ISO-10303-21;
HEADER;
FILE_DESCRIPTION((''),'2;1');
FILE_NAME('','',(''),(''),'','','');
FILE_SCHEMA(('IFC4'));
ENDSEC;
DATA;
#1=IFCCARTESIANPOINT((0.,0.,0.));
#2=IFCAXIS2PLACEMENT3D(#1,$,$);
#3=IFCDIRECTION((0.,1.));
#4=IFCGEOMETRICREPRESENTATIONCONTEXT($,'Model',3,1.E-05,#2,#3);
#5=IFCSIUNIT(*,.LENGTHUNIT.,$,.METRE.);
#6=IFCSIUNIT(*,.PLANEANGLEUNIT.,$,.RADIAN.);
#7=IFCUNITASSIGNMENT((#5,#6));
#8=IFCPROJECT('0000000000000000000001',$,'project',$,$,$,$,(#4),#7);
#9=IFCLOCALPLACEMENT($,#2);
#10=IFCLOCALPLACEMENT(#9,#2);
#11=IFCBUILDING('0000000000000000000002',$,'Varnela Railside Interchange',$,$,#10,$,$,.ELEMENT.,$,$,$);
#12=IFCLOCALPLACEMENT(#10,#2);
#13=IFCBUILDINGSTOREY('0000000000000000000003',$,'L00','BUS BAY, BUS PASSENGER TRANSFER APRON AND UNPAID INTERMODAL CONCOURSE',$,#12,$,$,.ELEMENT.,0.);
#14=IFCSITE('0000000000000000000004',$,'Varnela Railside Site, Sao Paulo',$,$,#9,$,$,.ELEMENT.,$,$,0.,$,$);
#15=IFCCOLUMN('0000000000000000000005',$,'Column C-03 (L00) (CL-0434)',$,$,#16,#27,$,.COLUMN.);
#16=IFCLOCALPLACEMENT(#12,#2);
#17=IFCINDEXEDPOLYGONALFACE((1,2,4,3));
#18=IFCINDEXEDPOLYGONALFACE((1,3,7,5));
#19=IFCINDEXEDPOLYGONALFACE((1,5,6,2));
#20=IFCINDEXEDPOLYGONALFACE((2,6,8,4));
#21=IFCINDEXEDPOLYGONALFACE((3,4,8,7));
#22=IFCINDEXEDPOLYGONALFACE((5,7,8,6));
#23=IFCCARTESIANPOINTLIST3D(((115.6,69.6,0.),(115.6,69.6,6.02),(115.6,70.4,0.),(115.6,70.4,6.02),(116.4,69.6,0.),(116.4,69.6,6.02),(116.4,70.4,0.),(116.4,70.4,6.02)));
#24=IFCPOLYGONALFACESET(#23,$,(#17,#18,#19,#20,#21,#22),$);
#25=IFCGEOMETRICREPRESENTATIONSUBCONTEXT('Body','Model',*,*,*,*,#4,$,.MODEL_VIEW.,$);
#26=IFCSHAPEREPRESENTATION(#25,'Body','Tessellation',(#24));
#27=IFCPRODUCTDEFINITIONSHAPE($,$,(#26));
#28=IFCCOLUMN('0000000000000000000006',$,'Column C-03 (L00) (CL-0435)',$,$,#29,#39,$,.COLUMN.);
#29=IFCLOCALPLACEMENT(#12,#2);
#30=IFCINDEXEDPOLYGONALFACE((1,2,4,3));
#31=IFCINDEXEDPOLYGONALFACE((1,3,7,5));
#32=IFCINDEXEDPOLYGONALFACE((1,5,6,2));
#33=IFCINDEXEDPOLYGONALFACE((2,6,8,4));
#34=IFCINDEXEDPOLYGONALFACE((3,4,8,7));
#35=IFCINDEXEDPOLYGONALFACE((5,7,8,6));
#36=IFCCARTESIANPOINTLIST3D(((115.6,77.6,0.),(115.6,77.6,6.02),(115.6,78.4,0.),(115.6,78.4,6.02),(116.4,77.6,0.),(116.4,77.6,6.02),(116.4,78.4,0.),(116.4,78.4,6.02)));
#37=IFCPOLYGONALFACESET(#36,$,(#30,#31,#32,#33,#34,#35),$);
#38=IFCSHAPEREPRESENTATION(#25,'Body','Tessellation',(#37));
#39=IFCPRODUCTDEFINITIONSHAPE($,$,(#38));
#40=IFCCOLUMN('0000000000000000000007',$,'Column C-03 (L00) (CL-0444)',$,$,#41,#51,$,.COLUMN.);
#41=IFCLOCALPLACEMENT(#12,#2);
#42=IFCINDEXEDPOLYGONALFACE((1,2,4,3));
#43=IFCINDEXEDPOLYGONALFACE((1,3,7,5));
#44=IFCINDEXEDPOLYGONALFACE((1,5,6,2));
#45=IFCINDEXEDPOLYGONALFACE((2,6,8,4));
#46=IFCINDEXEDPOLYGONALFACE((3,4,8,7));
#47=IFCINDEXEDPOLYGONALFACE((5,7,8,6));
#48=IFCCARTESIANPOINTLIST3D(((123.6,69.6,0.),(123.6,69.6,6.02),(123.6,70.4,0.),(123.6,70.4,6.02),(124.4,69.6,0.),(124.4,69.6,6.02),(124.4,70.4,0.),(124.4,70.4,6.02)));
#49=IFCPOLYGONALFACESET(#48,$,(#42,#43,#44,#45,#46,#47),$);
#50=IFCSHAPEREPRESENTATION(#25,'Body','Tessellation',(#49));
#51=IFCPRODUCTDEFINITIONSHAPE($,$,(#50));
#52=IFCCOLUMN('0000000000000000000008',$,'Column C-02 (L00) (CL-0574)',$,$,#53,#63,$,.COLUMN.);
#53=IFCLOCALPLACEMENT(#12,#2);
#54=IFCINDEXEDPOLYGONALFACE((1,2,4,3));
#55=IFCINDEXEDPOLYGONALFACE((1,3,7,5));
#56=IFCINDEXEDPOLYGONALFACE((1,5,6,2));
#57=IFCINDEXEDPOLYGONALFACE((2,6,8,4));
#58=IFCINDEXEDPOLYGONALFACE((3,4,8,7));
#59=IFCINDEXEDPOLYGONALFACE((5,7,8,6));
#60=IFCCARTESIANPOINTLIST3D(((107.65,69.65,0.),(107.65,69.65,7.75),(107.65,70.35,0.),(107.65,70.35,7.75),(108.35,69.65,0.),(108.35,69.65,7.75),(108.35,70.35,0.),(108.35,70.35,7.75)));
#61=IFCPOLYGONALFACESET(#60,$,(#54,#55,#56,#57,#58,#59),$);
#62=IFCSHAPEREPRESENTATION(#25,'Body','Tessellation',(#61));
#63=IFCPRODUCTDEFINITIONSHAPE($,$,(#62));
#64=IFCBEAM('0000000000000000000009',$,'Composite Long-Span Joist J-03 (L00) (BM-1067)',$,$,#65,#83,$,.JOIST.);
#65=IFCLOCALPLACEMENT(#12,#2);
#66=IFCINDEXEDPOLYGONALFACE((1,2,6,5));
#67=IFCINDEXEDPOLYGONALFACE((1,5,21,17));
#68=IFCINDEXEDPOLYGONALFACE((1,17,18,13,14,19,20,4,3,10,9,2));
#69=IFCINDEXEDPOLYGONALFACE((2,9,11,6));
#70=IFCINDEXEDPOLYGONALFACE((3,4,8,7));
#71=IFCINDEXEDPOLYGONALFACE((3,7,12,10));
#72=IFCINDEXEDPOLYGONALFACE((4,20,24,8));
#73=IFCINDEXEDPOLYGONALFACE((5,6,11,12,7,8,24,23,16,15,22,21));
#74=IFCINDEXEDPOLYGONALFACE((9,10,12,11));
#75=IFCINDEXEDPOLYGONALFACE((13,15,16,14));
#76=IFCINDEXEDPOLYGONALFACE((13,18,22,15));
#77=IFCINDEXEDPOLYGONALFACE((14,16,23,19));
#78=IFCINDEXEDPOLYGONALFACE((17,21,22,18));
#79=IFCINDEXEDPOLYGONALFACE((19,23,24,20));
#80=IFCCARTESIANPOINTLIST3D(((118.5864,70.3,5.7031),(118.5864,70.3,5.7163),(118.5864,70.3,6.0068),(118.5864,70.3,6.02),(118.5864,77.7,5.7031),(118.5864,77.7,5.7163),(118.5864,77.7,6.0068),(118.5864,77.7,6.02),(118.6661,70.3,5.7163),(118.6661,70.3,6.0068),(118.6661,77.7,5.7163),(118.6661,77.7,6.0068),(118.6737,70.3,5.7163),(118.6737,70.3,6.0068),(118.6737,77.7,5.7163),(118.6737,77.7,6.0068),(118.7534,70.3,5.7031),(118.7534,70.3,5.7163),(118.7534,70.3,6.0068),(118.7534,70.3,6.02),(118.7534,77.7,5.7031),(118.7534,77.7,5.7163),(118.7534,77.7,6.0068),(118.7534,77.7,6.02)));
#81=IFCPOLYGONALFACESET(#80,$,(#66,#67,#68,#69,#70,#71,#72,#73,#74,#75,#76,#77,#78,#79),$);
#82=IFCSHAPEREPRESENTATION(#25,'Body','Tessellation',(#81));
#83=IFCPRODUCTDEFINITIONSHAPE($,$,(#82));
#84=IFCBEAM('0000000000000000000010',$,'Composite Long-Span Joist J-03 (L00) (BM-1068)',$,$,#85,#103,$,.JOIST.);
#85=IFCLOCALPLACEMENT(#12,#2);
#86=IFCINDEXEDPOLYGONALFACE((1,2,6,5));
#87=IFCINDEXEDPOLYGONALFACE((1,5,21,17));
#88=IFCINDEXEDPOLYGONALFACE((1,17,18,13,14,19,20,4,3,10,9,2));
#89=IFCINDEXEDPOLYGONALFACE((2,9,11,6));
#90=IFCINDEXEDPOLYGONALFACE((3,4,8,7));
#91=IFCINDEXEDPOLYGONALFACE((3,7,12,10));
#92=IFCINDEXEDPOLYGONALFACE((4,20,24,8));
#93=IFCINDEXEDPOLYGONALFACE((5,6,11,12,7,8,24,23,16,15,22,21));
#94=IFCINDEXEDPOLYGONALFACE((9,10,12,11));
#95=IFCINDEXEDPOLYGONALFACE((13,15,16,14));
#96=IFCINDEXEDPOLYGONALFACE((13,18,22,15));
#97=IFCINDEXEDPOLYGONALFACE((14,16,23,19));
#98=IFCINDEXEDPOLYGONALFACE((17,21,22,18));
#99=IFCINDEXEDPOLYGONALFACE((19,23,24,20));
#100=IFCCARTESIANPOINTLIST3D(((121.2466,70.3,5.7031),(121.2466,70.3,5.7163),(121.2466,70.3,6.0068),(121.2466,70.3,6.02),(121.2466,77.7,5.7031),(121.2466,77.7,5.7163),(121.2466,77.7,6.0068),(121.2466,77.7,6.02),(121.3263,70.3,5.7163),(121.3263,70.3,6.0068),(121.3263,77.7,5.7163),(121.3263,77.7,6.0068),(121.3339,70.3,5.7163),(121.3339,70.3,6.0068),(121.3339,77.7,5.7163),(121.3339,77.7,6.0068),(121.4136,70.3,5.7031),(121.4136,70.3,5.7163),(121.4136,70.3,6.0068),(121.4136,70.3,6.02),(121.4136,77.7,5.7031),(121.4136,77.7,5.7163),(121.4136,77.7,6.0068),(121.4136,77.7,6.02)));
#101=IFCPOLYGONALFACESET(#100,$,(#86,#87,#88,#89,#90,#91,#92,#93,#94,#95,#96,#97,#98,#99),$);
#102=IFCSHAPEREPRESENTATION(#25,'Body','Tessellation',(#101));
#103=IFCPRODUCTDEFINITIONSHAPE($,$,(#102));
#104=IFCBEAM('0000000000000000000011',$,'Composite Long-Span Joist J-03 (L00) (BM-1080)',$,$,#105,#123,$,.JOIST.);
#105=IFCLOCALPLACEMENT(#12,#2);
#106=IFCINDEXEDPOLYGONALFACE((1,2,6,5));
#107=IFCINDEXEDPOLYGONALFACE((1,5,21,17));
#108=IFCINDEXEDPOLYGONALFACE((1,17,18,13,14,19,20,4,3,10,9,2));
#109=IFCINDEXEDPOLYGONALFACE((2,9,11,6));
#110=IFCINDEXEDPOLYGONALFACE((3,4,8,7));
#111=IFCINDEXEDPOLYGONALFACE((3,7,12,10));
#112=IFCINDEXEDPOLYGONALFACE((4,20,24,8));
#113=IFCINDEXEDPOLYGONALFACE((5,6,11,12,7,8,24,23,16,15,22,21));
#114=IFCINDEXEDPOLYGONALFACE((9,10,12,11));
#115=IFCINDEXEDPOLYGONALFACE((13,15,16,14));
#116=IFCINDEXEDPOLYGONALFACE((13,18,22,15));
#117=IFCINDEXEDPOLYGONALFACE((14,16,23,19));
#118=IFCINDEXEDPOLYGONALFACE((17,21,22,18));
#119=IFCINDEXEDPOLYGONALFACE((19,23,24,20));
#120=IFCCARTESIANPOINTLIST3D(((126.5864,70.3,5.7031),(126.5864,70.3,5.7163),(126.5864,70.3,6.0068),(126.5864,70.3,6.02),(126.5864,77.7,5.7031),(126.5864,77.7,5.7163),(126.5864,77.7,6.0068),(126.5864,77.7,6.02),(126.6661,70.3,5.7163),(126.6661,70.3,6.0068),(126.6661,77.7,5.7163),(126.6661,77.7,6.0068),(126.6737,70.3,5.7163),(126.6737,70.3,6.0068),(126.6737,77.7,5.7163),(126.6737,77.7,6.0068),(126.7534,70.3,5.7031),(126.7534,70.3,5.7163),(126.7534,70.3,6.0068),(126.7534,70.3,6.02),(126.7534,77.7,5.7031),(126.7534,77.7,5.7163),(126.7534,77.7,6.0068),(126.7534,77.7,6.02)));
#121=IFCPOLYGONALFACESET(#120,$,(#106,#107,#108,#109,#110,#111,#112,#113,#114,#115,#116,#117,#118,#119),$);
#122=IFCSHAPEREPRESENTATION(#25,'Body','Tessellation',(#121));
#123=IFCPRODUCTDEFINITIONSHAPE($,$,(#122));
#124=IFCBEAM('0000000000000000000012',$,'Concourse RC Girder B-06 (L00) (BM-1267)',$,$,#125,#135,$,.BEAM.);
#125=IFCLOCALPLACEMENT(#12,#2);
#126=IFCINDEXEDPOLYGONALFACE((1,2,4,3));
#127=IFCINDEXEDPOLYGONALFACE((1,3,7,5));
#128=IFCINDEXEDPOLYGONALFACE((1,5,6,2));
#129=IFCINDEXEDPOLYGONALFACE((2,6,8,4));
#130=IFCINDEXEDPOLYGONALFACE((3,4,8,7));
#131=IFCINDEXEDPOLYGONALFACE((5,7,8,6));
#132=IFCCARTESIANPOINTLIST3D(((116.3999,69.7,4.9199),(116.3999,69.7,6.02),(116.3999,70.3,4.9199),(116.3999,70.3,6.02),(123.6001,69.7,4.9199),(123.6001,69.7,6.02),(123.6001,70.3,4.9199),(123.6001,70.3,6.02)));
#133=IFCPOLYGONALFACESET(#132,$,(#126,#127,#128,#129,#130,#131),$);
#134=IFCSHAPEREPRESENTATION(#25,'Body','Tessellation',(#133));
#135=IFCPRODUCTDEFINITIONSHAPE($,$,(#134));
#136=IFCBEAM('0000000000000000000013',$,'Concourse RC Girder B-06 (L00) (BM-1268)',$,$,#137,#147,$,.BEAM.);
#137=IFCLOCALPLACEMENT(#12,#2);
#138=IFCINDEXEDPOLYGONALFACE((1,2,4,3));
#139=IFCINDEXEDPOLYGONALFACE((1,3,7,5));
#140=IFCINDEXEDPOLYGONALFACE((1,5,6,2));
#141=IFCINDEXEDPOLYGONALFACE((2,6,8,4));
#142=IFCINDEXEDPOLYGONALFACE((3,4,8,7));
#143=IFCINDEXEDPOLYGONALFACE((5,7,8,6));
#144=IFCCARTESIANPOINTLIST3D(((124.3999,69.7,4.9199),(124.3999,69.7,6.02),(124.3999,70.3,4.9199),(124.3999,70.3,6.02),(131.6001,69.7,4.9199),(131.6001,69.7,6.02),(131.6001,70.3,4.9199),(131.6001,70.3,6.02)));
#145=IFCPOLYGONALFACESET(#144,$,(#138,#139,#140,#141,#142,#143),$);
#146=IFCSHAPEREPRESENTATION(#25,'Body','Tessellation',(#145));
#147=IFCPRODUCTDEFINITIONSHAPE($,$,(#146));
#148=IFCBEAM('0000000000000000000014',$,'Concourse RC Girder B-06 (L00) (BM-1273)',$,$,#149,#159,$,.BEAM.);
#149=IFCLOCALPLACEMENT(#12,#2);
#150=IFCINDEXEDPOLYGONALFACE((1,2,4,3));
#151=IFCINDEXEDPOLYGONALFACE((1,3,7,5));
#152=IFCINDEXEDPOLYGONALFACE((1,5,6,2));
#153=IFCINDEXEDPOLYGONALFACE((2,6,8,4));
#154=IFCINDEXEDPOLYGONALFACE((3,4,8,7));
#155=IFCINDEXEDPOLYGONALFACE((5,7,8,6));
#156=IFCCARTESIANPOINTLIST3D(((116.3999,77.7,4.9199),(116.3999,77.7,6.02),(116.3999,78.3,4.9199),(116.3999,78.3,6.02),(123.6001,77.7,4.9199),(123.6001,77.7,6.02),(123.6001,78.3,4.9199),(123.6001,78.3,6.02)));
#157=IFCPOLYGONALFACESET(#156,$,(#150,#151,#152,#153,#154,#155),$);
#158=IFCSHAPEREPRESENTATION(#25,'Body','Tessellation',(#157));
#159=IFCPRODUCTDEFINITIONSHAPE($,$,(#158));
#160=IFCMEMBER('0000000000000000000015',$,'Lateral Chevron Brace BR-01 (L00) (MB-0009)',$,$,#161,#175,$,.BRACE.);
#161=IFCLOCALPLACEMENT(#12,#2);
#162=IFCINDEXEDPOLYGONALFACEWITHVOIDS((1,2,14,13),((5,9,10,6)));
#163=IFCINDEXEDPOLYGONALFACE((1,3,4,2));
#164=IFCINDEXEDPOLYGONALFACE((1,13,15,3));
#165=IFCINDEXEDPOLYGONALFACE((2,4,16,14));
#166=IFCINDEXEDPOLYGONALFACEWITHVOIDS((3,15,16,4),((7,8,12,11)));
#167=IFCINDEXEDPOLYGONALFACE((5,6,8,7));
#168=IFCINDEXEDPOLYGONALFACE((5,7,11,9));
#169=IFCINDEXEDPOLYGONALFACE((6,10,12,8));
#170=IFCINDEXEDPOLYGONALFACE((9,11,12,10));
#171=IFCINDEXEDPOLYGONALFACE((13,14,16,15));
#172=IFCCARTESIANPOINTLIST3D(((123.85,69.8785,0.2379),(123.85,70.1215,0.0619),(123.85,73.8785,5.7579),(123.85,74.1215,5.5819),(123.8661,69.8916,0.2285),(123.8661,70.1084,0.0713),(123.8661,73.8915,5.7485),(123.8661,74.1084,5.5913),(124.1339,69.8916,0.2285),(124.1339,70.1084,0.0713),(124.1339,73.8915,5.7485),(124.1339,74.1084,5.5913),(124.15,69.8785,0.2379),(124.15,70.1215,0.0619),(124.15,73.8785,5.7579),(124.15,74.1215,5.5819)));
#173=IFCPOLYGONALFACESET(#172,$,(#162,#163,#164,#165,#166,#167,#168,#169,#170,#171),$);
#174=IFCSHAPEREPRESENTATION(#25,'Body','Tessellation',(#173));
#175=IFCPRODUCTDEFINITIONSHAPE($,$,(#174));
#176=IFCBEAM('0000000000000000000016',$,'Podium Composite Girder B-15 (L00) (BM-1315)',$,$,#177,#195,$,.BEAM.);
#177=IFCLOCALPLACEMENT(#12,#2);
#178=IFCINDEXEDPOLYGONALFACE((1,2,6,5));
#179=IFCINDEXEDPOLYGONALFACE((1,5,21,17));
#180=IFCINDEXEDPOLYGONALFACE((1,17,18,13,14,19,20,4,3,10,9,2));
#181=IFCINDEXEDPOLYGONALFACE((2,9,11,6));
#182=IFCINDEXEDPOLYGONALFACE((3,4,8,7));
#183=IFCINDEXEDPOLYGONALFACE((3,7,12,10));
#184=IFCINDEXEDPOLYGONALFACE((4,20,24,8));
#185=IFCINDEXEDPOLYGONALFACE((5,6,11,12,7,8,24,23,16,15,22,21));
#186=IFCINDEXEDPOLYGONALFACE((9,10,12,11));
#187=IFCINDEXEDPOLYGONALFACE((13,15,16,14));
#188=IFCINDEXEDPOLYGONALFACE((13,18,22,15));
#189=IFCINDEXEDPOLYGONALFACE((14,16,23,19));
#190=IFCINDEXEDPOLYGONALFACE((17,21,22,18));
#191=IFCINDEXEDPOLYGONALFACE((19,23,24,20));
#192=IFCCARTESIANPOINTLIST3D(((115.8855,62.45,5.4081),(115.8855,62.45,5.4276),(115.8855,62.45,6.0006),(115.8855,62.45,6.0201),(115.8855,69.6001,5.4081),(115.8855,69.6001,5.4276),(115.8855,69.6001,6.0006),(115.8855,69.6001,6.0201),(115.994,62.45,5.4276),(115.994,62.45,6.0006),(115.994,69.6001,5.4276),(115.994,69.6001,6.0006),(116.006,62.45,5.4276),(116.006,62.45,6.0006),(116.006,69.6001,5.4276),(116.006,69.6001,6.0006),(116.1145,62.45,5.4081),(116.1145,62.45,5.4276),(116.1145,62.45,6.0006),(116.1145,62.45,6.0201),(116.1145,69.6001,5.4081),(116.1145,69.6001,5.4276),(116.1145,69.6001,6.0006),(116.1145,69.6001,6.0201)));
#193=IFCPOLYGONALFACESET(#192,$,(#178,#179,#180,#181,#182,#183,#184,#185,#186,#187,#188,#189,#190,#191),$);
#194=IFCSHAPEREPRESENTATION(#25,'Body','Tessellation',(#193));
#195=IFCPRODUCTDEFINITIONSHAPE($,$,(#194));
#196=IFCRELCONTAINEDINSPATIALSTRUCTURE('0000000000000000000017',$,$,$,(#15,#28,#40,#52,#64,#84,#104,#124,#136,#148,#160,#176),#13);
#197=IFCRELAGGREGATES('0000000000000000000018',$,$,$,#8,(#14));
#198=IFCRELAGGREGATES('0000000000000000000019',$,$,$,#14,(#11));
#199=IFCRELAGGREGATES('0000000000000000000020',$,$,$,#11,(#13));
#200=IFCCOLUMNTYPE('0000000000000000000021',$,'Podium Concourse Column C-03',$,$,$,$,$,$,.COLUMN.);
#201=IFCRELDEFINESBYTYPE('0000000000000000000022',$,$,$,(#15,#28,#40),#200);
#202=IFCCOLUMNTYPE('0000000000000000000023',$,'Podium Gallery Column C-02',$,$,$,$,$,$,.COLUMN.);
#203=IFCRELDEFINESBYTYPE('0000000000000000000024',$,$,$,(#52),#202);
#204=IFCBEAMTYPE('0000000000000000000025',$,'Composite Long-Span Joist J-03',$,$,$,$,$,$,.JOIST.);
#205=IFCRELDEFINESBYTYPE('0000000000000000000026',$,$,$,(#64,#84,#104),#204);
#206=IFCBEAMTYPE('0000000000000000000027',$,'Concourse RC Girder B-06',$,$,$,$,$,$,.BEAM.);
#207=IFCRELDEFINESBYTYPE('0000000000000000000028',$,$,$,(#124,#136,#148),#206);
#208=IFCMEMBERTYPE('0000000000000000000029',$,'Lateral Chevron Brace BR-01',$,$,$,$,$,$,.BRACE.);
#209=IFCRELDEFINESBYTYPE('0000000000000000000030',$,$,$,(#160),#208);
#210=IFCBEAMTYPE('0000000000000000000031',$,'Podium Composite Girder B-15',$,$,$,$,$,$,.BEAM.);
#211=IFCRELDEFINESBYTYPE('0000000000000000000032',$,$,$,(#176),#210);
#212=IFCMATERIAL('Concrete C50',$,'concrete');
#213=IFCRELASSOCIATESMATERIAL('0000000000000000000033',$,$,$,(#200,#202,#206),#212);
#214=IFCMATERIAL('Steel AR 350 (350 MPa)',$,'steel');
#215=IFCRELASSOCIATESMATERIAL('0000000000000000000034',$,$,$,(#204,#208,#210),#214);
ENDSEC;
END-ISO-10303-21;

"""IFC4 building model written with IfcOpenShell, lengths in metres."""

from ifc_helpers import new_model, si_unit, direction, frame, origin, origin_2d, place, context, subcontext, project, spatial, rectangle, hollow_rectangle, i_section, extrude, material, material_profile, profile_set, type_object, element, save


model = new_model("IFC4")

# Units and contexts
model_context = context("Model", 3, precision=1e-05, world=origin(), true_north=direction((0.0, 1.0)))
body_context = subcontext(model_context, "Body", "Model", "MODEL_VIEW")
ifc_project = project(units=[si_unit("LENGTHUNIT", "METRE"), si_unit("PLANEANGLEUNIT", "RADIAN")], contexts=[model_context])

# Site, building, storey
site_placement = place(None, origin())
site = spatial("IfcSite", under=ifc_project, at=site_placement, Name="Varnela Railside Site, Sao Paulo", CompositionType="ELEMENT", RefElevation=0.0)
building_placement = place(site_placement, origin())
building = spatial("IfcBuilding", under=site, at=building_placement, Name="Varnela Railside Interchange", CompositionType="ELEMENT")
storey_placement = place(building_placement, origin())
storey = spatial("IfcBuildingStorey", under=building, at=storey_placement, Name="L00", Description="BUS BAY, BUS PASSENGER TRANSFER APRON AND UNPAID INTERMODAL CONCOURSE", CompositionType="ELEMENT", Elevation=0.0)

# Columns
ifc_material_1 = material(Name="Concrete C50", Category="concrete")
ifc_material_profile_1 = material_profile(ifc_material_1, rectangle(XDim=0.8, YDim=0.8, at=origin_2d()), Name="RC 800x800")
ifc_profile_set_1 = profile_set([ifc_material_profile_1], Name="Concrete C50")
column_type_1 = type_object("IfcColumnType", Name="Podium Concourse Column C-03", PredefinedType="COLUMN", material=ifc_profile_set_1)
for number, where, z_axis, x_axis, name in (
    (1, (116.0, 70.0, 0.0), (0.0, 0.0, 1.0), (1.0, 0.0, 0.0), "Column C-03 (L00) (CL-0434)"),
    (2, (116.0, 78.0, 0.0), (0.0, 0.0, 1.0), (1.0, 0.0, 0.0), "Column C-03 (L00) (CL-0435)"),
    (3, (124.0, 70.0, 0.0), (0.0, 0.0, 1.0), (1.0, 0.0, 0.0), "Column C-03 (L00) (CL-0444)"),
):
    element("IfcColumn", number, at=place(storey_placement, frame(where, z_axis=z_axis, x_axis=x_axis)), inside=storey, type_object=column_type_1, Name=name, PredefinedType="COLUMN", context=body_context, shape_type="SweptSolid", body=[
        extrude(rectangle(XDim=0.8, YDim=0.8, at=origin_2d()), origin(), (0.0, 0.0, 1.0), 6.02),
    ])
ifc_material_profile_2 = material_profile(ifc_material_1, rectangle(XDim=0.7, YDim=0.7, at=origin_2d()), Name="RC 700x700")
ifc_profile_set_2 = profile_set([ifc_material_profile_2], Name="Concrete C50")
column_type_2 = type_object("IfcColumnType", Name="Podium Gallery Column C-02", PredefinedType="COLUMN", material=ifc_profile_set_2)
column_placement = place(storey_placement, frame((108.0, 70.0, 0.0), z_axis=(0.0, 0.0, 1.0), x_axis=(1.0, 0.0, 0.0)))
element("IfcColumn", 4, at=column_placement, inside=storey, type_object=column_type_2, Name="Column C-02 (L00) (CL-0574)", PredefinedType="COLUMN", context=body_context, shape_type="SweptSolid", body=[
    extrude(rectangle(XDim=0.7, YDim=0.7, at=origin_2d()), origin(), (0.0, 0.0, 1.0), 7.75),
])

# Beams
ifc_material_2 = material(Name="Steel AR 350 (350 MPa)", Category="steel")
ifc_material_profile_3 = material_profile(ifc_material_2, i_section(OverallWidth=0.167, OverallDepth=0.3169, WebThickness=0.0076, FlangeThickness=0.0132, at=origin_2d()), Name="W310x52")
ifc_profile_set_3 = profile_set([ifc_material_profile_3], Name="Steel AR 350 (350 MPa)")
beam_type_1 = type_object("IfcBeamType", Name="Composite Long-Span Joist J-03", PredefinedType="JOIST", material=ifc_profile_set_3)
for number, where, z_axis, x_axis, name in (
    (5, (118.6699, 70.3, 5.8616), (0.0, 1.0, 0.0), (-1.0, 0.0, 0.0), "Composite Long-Span Joist J-03 (L00) (BM-1067)"),
    (6, (121.3301, 70.3, 5.8616), (0.0, 1.0, 0.0), (-1.0, 0.0, 0.0), "Composite Long-Span Joist J-03 (L00) (BM-1068)"),
    (7, (126.6699, 70.3, 5.8616), (0.0, 1.0, 0.0), (-1.0, 0.0, 0.0), "Composite Long-Span Joist J-03 (L00) (BM-1080)"),
):
    element("IfcBeam", number, at=place(storey_placement, frame(where, z_axis=z_axis, x_axis=x_axis)), inside=storey, type_object=beam_type_1, Name=name, PredefinedType="JOIST", context=body_context, shape_type="SweptSolid", body=[
        extrude(i_section(OverallWidth=0.167, OverallDepth=0.3169, WebThickness=0.0076, FlangeThickness=0.0132, at=origin_2d()), origin(), (0.0, 0.0, 1.0), 7.3999),
    ])
ifc_material_profile_4 = material_profile(ifc_material_1, rectangle(XDim=0.6001, YDim=1.1001, at=origin_2d()), Name="RC 600x1100")
ifc_profile_set_4 = profile_set([ifc_material_profile_4], Name="Concrete C50")
beam_type_2 = type_object("IfcBeamType", Name="Concourse RC Girder B-06", PredefinedType="BEAM", material=ifc_profile_set_4)
for number, where, z_axis, x_axis, name in (
    (8, (116.3999, 70.0, 5.47), (1.0, 0.0, 0.0), (0.0, 1.0, 0.0), "Concourse RC Girder B-06 (L00) (BM-1267)"),
    (9, (124.3999, 70.0, 5.47), (1.0, 0.0, 0.0), (0.0, 1.0, 0.0), "Concourse RC Girder B-06 (L00) (BM-1268)"),
    (10, (116.3999, 78.0, 5.47), (1.0, 0.0, 0.0), (0.0, 1.0, 0.0), "Concourse RC Girder B-06 (L00) (BM-1273)"),
):
    element("IfcBeam", number, at=place(storey_placement, frame(where, z_axis=z_axis, x_axis=x_axis)), inside=storey, type_object=beam_type_2, Name=name, PredefinedType="BEAM", context=body_context, shape_type="SweptSolid", body=[
        extrude(rectangle(XDim=0.6001, YDim=1.1001, at=origin_2d()), origin(), (0.0, 0.0, 1.0), 7.2002),
    ])

# Member
ifc_material_profile_5 = material_profile(ifc_material_2, hollow_rectangle(XDim=0.3, YDim=0.3, WallThickness=0.0161, at=origin_2d()), Name="HSS 300x300x16")
ifc_profile_set_5 = profile_set([ifc_material_profile_5], Name="Steel AR 350 (350 MPa)")
member_type = type_object("IfcMemberType", Name="Lateral Chevron Brace BR-01", PredefinedType="BRACE", material=ifc_profile_set_5)
member_placement = place(storey_placement, frame((124.0, 70.0, 0.1499), z_axis=(0.0, 0.586774, 0.809751), x_axis=(-1.0, 0.0, 0.0)))
element("IfcMember", 11, at=member_placement, inside=storey, type_object=member_type, Name="Lateral Chevron Brace BR-01 (L00) (MB-0009)", PredefinedType="BRACE", context=body_context, shape_type="SweptSolid", body=[
    extrude(hollow_rectangle(XDim=0.3, YDim=0.3, WallThickness=0.0161, at=origin_2d()), origin(), (0.0, 0.0, 1.0), 6.8169),
])

# Beam
ifc_material_profile_6 = material_profile(ifc_material_2, i_section(OverallWidth=0.229, OverallDepth=0.6121, WebThickness=0.012, FlangeThickness=0.0195, at=origin_2d()), Name="W610x125")
ifc_profile_set_6 = profile_set([ifc_material_profile_6], Name="Steel AR 350 (350 MPa)")
beam_type_3 = type_object("IfcBeamType", Name="Podium Composite Girder B-15", PredefinedType="BEAM", material=ifc_profile_set_6)
beam_placement = place(storey_placement, frame((116.0, 62.45, 5.7141), z_axis=(0.0, 1.0, 0.0), x_axis=(-1.0, 0.0, 0.0)))
element("IfcBeam", 12, at=beam_placement, inside=storey, type_object=beam_type_3, Name="Podium Composite Girder B-15 (L00) (BM-1315)", PredefinedType="BEAM", context=body_context, shape_type="SweptSolid", body=[
    extrude(i_section(OverallWidth=0.229, OverallDepth=0.6121, WebThickness=0.012, FlangeThickness=0.0195, at=origin_2d()), origin(), (0.0, 0.0, 1.0), 7.1501),
])

save(model, "model.ifc")
